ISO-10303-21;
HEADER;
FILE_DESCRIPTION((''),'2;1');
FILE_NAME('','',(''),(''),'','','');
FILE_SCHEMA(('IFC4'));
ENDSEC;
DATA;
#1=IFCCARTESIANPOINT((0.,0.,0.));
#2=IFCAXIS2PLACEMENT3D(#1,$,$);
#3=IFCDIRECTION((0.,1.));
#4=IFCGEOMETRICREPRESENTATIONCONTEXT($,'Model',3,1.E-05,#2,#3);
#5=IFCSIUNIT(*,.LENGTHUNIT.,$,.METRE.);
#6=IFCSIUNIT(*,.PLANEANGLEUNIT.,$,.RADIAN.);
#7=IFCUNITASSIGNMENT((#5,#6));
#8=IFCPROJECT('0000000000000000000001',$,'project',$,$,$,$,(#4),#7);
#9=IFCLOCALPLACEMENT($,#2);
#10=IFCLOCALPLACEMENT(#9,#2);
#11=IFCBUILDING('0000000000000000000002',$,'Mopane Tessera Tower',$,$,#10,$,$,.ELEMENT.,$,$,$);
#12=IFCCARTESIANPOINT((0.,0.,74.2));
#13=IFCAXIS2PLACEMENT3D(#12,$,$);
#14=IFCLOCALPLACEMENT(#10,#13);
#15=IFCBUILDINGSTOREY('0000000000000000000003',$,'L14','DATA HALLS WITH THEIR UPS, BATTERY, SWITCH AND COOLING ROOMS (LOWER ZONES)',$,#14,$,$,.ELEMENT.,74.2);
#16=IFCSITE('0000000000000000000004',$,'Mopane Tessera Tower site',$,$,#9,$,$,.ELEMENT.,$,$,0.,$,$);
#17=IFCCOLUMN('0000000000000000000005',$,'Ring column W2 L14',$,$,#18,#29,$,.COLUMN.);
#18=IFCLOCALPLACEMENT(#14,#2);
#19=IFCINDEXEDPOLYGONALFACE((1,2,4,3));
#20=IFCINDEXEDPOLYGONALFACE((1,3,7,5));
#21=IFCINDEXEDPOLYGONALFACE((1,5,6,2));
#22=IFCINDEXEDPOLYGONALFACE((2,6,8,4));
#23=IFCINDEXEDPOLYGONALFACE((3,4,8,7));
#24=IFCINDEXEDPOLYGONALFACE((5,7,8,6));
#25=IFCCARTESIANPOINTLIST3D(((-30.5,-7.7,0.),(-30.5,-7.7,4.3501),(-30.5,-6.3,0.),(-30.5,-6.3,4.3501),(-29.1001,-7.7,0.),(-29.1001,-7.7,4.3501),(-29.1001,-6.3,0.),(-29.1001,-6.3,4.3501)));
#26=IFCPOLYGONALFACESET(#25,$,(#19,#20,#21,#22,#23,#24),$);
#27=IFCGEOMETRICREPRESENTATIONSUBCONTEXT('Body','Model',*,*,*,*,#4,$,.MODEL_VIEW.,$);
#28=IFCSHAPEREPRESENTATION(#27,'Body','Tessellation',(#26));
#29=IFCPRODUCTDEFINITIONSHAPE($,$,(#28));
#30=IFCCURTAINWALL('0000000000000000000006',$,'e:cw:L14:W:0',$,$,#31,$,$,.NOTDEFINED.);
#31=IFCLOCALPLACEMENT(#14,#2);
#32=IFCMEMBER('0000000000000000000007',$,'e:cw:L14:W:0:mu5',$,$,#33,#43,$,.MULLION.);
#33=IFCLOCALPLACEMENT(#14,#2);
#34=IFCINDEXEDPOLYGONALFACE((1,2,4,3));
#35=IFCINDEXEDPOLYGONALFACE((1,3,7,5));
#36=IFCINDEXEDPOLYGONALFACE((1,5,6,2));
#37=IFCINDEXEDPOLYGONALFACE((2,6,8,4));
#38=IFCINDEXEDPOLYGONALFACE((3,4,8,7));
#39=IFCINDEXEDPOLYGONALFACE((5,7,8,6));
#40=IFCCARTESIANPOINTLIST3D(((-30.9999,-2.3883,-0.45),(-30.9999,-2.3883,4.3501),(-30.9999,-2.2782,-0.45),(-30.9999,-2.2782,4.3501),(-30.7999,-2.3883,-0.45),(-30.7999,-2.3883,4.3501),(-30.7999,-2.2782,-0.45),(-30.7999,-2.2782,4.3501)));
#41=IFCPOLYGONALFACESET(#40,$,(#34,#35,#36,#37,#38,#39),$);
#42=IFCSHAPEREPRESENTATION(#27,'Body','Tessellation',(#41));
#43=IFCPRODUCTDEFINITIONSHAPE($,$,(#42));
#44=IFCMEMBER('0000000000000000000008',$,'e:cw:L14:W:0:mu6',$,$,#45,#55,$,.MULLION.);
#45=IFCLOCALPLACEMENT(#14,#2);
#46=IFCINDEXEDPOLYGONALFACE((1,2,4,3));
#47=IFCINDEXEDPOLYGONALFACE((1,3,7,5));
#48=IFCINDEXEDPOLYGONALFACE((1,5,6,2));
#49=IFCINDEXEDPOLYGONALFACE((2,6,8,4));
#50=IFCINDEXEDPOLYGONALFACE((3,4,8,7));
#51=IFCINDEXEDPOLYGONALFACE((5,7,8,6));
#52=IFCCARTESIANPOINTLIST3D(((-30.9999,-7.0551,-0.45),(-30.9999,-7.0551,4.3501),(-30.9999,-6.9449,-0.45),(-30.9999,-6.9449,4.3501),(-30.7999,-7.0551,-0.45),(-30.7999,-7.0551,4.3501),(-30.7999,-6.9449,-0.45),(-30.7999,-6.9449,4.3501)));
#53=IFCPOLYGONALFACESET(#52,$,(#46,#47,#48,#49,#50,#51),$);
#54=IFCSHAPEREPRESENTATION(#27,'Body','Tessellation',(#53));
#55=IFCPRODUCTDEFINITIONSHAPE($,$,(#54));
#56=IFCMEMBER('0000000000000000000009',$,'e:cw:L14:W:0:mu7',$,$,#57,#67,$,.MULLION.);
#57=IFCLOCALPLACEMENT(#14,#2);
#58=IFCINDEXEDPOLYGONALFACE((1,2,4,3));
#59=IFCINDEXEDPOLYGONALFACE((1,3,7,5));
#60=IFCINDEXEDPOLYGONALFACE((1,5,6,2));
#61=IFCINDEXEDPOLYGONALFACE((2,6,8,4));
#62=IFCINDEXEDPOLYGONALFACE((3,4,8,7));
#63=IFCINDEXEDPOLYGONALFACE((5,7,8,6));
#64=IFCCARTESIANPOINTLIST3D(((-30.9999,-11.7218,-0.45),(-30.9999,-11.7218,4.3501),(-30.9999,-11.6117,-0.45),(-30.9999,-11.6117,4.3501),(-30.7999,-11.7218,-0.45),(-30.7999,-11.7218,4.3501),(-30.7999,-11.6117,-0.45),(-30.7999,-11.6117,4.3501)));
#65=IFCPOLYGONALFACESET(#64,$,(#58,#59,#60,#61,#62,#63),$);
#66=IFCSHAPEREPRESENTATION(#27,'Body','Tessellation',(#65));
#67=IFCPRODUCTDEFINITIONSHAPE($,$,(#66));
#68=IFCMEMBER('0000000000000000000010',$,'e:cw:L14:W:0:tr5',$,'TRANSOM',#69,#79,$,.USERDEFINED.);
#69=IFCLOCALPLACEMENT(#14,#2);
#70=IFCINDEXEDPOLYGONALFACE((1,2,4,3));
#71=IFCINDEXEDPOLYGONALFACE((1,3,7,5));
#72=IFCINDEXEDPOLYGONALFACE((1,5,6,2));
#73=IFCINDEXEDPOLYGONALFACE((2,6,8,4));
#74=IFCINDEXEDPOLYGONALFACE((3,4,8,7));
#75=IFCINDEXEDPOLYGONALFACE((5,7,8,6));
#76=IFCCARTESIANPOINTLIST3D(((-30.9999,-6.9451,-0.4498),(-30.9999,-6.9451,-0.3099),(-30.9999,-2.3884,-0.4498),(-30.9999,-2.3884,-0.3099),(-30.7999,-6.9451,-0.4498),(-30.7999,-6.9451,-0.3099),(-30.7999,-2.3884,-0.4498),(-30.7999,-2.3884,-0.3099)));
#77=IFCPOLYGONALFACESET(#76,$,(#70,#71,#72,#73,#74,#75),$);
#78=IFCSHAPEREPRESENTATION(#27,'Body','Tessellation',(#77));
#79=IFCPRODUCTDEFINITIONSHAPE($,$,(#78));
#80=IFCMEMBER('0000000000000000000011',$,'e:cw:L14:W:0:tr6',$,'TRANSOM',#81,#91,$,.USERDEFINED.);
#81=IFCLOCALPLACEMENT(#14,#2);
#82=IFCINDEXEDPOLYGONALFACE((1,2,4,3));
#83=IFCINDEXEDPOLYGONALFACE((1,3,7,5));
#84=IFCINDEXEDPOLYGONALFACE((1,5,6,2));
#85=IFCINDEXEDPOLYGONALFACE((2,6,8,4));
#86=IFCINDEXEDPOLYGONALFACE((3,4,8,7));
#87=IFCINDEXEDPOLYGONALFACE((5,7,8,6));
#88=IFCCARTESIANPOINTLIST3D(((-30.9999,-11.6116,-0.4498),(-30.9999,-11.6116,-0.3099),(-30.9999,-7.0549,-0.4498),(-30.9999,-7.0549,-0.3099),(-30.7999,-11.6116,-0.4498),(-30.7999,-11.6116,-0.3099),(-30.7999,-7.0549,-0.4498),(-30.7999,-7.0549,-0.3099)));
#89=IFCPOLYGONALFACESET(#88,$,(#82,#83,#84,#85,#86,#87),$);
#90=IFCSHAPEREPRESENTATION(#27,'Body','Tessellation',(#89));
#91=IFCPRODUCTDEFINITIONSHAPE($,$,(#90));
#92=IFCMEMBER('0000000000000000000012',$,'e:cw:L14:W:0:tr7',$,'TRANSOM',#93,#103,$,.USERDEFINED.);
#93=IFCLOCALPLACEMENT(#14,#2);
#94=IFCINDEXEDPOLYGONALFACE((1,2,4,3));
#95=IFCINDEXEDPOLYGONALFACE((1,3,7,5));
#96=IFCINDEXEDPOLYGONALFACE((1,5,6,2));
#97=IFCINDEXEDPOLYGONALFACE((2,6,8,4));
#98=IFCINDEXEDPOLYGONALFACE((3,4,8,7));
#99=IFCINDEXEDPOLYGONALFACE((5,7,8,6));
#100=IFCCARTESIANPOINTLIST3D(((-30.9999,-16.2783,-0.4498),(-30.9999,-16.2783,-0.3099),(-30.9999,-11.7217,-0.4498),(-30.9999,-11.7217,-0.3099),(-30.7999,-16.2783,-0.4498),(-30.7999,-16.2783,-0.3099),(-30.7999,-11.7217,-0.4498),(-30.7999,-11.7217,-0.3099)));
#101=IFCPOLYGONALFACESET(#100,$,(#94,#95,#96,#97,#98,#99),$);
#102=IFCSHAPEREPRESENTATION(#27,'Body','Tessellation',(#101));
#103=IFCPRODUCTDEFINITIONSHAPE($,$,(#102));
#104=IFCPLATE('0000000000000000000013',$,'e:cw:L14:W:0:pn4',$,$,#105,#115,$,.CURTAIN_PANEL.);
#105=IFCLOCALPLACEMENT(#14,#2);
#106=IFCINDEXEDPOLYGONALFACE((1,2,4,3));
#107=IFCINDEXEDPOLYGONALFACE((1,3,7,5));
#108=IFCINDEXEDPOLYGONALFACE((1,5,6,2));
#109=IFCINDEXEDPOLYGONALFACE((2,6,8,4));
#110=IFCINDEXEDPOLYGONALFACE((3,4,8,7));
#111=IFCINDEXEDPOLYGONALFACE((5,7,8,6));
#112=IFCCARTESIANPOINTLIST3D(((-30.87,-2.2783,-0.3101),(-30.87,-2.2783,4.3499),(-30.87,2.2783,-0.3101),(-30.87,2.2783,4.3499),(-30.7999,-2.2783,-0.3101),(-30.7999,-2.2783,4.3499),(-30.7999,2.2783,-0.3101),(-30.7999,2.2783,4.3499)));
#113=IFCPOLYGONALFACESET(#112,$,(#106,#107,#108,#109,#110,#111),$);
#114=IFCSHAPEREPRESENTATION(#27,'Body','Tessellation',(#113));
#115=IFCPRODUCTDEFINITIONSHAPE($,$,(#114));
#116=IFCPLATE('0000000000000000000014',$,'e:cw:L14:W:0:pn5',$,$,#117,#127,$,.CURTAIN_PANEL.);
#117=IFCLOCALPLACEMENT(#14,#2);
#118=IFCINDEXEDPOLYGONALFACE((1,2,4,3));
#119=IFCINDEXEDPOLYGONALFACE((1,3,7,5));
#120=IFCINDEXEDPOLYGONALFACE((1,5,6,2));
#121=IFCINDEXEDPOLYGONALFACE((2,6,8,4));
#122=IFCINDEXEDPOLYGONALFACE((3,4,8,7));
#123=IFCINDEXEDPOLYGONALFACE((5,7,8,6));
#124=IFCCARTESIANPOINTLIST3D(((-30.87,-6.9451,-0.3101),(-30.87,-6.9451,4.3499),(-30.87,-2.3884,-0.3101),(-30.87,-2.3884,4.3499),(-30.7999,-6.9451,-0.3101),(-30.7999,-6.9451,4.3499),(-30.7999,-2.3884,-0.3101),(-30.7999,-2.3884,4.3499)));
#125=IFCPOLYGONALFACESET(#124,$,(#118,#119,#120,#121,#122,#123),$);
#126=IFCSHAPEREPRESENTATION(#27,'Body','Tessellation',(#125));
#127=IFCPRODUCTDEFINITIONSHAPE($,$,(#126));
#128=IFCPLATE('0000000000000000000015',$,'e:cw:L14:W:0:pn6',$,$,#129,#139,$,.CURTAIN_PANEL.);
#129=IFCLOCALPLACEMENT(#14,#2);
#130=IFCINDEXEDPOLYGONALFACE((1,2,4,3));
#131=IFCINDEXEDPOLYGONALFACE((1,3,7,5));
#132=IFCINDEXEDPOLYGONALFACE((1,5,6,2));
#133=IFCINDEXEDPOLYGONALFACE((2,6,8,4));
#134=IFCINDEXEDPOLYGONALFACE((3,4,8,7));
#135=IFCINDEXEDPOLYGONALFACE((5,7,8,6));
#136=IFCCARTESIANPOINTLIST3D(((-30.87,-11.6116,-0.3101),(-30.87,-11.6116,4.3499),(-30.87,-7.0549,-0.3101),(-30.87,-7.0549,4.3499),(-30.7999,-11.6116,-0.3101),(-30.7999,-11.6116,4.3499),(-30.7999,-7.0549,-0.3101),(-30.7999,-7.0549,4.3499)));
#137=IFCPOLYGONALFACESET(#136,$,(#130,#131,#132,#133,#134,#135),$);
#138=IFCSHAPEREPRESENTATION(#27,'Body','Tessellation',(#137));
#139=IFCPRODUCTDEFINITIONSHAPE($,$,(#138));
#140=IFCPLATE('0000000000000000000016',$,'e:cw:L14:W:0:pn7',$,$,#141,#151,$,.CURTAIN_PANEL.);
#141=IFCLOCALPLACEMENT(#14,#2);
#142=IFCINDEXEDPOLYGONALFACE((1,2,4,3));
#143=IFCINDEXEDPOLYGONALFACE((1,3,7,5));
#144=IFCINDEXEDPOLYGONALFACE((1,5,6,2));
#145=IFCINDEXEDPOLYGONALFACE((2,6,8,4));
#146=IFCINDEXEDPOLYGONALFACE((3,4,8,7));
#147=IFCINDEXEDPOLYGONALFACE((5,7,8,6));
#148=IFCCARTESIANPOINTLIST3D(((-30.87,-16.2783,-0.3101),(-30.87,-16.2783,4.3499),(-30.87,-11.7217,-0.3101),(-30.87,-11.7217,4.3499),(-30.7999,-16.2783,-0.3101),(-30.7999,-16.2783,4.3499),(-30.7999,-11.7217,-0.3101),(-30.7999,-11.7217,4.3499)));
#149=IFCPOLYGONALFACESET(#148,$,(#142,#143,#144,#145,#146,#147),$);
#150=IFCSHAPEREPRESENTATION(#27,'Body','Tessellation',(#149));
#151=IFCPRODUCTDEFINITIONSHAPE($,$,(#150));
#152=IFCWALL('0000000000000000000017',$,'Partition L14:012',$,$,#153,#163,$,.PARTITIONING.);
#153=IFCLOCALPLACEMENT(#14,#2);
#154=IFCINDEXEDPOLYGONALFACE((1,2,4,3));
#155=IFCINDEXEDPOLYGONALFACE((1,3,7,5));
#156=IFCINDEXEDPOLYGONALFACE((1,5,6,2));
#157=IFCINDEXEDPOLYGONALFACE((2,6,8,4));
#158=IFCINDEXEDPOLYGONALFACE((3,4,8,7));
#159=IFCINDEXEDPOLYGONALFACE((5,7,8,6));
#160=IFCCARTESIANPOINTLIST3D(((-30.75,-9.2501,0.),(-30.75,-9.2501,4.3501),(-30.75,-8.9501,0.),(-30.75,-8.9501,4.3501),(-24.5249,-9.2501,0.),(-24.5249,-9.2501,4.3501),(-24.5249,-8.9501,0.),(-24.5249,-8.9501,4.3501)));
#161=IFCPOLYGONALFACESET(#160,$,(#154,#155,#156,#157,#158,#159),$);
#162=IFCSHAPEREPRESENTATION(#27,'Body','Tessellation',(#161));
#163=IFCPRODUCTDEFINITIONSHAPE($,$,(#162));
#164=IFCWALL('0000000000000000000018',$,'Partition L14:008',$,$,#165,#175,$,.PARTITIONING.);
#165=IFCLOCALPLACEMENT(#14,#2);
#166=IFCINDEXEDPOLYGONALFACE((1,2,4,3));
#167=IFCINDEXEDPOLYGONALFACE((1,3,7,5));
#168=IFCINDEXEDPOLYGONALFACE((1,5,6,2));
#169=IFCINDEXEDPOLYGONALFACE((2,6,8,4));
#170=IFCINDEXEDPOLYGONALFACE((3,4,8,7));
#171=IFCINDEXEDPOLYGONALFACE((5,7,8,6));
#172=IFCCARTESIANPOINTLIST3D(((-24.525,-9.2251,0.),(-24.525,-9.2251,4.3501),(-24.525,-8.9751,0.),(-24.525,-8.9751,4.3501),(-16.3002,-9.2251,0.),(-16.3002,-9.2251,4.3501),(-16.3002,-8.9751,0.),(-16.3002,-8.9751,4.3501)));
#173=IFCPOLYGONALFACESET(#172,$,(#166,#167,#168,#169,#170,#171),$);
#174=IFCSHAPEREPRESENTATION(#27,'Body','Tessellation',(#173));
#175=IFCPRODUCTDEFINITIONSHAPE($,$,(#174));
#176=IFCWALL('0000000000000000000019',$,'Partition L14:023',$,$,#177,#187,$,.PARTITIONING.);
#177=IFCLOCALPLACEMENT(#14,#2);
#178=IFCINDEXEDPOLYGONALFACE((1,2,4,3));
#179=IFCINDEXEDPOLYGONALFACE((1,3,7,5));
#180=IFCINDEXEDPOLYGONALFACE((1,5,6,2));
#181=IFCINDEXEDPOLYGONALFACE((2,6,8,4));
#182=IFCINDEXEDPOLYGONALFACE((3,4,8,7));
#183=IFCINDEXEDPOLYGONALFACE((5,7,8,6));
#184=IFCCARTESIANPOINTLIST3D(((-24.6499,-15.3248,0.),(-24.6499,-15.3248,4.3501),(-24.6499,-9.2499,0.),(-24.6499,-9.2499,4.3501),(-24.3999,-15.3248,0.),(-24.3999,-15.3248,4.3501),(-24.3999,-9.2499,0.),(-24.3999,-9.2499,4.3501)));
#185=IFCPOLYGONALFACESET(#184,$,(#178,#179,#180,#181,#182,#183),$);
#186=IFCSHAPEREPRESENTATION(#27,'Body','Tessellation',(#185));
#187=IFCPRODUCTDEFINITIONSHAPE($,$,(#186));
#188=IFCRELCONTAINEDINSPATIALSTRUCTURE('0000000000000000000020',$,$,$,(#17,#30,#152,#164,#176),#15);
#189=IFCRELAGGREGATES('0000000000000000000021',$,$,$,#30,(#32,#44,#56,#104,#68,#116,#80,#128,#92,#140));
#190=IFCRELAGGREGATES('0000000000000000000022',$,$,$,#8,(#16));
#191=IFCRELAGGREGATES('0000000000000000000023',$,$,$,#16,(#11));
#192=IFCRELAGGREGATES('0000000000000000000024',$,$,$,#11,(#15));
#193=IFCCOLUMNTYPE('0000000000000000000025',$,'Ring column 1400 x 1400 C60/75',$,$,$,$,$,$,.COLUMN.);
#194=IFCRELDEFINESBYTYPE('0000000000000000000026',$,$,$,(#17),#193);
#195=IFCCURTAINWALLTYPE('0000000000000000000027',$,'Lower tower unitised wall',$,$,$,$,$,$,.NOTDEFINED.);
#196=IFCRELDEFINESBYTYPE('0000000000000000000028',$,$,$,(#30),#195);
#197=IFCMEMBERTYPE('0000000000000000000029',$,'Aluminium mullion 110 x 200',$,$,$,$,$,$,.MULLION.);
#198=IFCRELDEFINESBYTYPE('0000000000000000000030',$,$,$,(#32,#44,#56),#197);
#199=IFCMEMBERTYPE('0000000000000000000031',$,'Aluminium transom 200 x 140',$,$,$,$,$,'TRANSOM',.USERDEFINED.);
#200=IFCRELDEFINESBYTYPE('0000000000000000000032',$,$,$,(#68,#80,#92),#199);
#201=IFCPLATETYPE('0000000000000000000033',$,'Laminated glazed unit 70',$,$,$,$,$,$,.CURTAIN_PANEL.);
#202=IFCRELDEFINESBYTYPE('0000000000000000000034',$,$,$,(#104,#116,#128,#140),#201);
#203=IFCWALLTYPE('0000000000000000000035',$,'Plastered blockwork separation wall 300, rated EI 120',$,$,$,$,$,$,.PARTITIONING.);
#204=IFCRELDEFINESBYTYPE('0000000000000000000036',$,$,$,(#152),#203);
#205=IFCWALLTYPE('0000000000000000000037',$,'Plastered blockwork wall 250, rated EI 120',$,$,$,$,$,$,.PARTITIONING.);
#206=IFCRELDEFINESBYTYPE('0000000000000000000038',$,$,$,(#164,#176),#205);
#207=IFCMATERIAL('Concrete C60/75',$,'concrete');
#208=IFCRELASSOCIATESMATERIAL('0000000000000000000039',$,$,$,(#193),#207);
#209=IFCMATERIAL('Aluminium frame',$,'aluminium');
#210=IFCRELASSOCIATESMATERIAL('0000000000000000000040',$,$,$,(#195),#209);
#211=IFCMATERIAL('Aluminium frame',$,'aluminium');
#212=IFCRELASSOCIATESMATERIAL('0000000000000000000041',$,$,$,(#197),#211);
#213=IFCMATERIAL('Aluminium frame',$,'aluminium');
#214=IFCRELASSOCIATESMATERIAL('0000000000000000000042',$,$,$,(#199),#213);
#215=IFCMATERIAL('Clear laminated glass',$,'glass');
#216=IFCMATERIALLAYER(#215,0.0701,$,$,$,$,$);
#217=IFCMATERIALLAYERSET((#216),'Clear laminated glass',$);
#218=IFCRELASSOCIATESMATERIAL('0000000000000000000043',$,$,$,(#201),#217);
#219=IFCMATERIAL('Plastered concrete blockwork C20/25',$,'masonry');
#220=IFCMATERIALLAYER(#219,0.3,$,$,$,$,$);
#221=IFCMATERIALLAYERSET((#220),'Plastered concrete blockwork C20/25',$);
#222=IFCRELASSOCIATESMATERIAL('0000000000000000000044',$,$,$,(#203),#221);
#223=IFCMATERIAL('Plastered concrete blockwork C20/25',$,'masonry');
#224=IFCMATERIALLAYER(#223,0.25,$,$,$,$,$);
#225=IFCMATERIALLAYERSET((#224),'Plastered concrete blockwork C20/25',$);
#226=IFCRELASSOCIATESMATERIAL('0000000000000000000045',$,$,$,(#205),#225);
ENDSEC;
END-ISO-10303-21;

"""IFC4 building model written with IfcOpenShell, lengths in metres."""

from ifc_helpers import new_model, si_unit, direction, frame, frame_2d, origin, origin_2d, place, context, subcontext, project, spatial, rectangle, extrude, material, layer, layer_set, material_profile, profile_set, type_object, element, aggregate, save


model = new_model("IFC4")

# Units and contexts
model_context = context("Model", 3, precision=1e-05, world=origin(), true_north=direction((0.0, 1.0)))
body_context = subcontext(model_context, "Body", "Model", "MODEL_VIEW")
ifc_project = project(units=[si_unit("LENGTHUNIT", "METRE"), si_unit("PLANEANGLEUNIT", "RADIAN")], contexts=[model_context])

# Site, building, storey
site_placement = place(None, origin())
site = spatial("IfcSite", under=ifc_project, at=site_placement, Name="Mopane Tessera Tower site", CompositionType="ELEMENT", RefElevation=0.0)
building_placement = place(site_placement, origin())
building = spatial("IfcBuilding", under=site, at=building_placement, Name="Mopane Tessera Tower", CompositionType="ELEMENT")
storey_placement = place(building_placement, frame((0.0, 0.0, 74.2)))
storey = spatial("IfcBuildingStorey", under=building, at=storey_placement, Name="L14", Description="DATA HALLS WITH THEIR UPS, BATTERY, SWITCH AND COOLING ROOMS (LOWER ZONES)", CompositionType="ELEMENT", Elevation=74.2)

# Column
ifc_material_1 = material(Name="Concrete C60/75", Category="concrete")
ifc_material_profile_1 = material_profile(ifc_material_1, rectangle(XDim=1.3999, YDim=1.3999, at=origin_2d()))
ifc_profile_set_1 = profile_set([ifc_material_profile_1], Name="Concrete C60/75")
column_type = type_object("IfcColumnType", Name="Ring column 1400 x 1400 C60/75", PredefinedType="COLUMN", material=ifc_profile_set_1)
column_placement = place(storey_placement, frame((-29.8, -7.0, 0.0), z_axis=(0.0, 0.0, 1.0), x_axis=(1.0, 0.0, 0.0)))
element("IfcColumn", 1, at=column_placement, inside=storey, type_object=column_type, Name="Ring column W2 L14", PredefinedType="COLUMN", context=body_context, shape_type="SweptSolid", body=[
    extrude(rectangle(XDim=1.3999, YDim=1.3999, at=origin_2d()), origin(), (0.0, 0.0, 1.0), 4.3501),
])

# Curtain wall, members, plates
ifc_material_2 = material(Name="Aluminium frame", Category="aluminium")
curtain_wall_type = type_object("IfcCurtainWallType", Name="Lower tower unitised wall", PredefinedType="NOTDEFINED", material=ifc_material_2)
curtain_wall_placement = place(storey_placement, origin())
curtain_wall = element("IfcCurtainWall", 2, at=curtain_wall_placement, inside=storey, type_object=curtain_wall_type, Name="e:cw:L14:W:0", PredefinedType="NOTDEFINED")
ifc_material_3 = material(Name="Aluminium frame", Category="aluminium")
ifc_material_profile_2 = material_profile(ifc_material_3, rectangle(XDim=0.1101, YDim=0.2, at=origin_2d()))
ifc_profile_set_2 = profile_set([ifc_material_profile_2], Name="Aluminium frame")
member_type_1 = type_object("IfcMemberType", Name="Aluminium mullion 110 x 200", PredefinedType="MULLION", material=ifc_profile_set_2)
member_1_placement = place(storey_placement, frame((-30.8999, -2.3333, -0.45), z_axis=(0.0, 0.0, 1.0), x_axis=(0.0, -1.0, 0.0)))
member_1 = element("IfcMember", 3, at=member_1_placement, type_object=member_type_1, Name="e:cw:L14:W:0:mu5", PredefinedType="MULLION", context=body_context, shape_type="SweptSolid", body=[
    extrude(rectangle(XDim=0.1101, YDim=0.2, at=origin_2d()), origin(), (0.0, 0.0, 1.0), 4.8),
])
member_2_placement = place(storey_placement, frame((-30.8999, -7.0, -0.45), z_axis=(0.0, 0.0, 1.0), x_axis=(0.0, -1.0, 0.0)))
member_2 = element("IfcMember", 4, at=member_2_placement, type_object=member_type_1, Name="e:cw:L14:W:0:mu6", PredefinedType="MULLION", context=body_context, shape_type="SweptSolid", body=[
    extrude(rectangle(XDim=0.1101, YDim=0.2, at=origin_2d()), origin(), (0.0, 0.0, 1.0), 4.8),
])
member_3_placement = place(storey_placement, frame((-30.8999, -11.6667, -0.45), z_axis=(0.0, 0.0, 1.0), x_axis=(0.0, -1.0, 0.0)))
member_3 = element("IfcMember", 5, at=member_3_placement, type_object=member_type_1, Name="e:cw:L14:W:0:mu7", PredefinedType="MULLION", context=body_context, shape_type="SweptSolid", body=[
    extrude(rectangle(XDim=0.1101, YDim=0.2, at=origin_2d()), origin(), (0.0, 0.0, 1.0), 4.8),
])
ifc_material_4 = material(Name="Aluminium frame", Category="aluminium")
ifc_material_profile_3 = material_profile(ifc_material_4, rectangle(XDim=0.2, YDim=0.1399, at=origin_2d()))
ifc_profile_set_3 = profile_set([ifc_material_profile_3], Name="Aluminium frame")
member_type_2 = type_object("IfcMemberType", Name="Aluminium transom 200 x 140", ElementType="TRANSOM", PredefinedType="USERDEFINED", material=ifc_profile_set_3)
member_4_placement = place(storey_placement, frame((-30.8999, -2.3884, -0.3799), z_axis=(0.0, -1.0, 0.0), x_axis=(1.0, 0.0, 0.0)))
member_4 = element("IfcMember", 6, at=member_4_placement, type_object=member_type_2, Name="e:cw:L14:W:0:tr5", ObjectType="TRANSOM", PredefinedType="USERDEFINED", context=body_context, shape_type="SweptSolid", body=[
    extrude(rectangle(XDim=0.2, YDim=0.1399, at=origin_2d()), origin(), (0.0, 0.0, 1.0), 4.5566),
])
member_5_placement = place(storey_placement, frame((-30.8999, -7.0549, -0.3799), z_axis=(0.0, -1.0, 0.0), x_axis=(1.0, 0.0, 0.0)))
member_5 = element("IfcMember", 7, at=member_5_placement, type_object=member_type_2, Name="e:cw:L14:W:0:tr6", ObjectType="TRANSOM", PredefinedType="USERDEFINED", context=body_context, shape_type="SweptSolid", body=[
    extrude(rectangle(XDim=0.2, YDim=0.1399, at=origin_2d()), origin(), (0.0, 0.0, 1.0), 4.5566),
])
member_6_placement = place(storey_placement, frame((-30.8999, -11.7217, -0.3799), z_axis=(0.0, -1.0, 0.0), x_axis=(1.0, 0.0, 0.0)))
member_6 = element("IfcMember", 8, at=member_6_placement, type_object=member_type_2, Name="e:cw:L14:W:0:tr7", ObjectType="TRANSOM", PredefinedType="USERDEFINED", context=body_context, shape_type="SweptSolid", body=[
    extrude(rectangle(XDim=0.2, YDim=0.1399, at=origin_2d()), origin(), (0.0, 0.0, 1.0), 4.5566),
])
ifc_material_5 = material(Name="Clear laminated glass", Category="glass")
ifc_layer_1 = layer(ifc_material_5, 0.0701)
ifc_layer_set_1 = layer_set([ifc_layer_1], Name="Clear laminated glass")
plate_type = type_object("IfcPlateType", Name="Laminated glazed unit 70", PredefinedType="CURTAIN_PANEL", material=ifc_layer_set_1)
plate_1_placement = place(storey_placement, frame((-30.835, 0.0, -0.3101), z_axis=(0.0, 0.0, 1.0), x_axis=(0.0, -1.0, 0.0)))
plate_1 = element("IfcPlate", 9, at=plate_1_placement, type_object=plate_type, Name="e:cw:L14:W:0:pn4", PredefinedType="CURTAIN_PANEL", context=body_context, shape_type="SweptSolid", body=[
    extrude(rectangle(XDim=4.5566, YDim=0.0701, at=origin_2d()), origin(), (0.0, 0.0, 1.0), 4.6599),
])
plate_2_placement = place(storey_placement, frame((-30.835, -4.6667, -0.3101), z_axis=(0.0, 0.0, 1.0), x_axis=(0.0, -1.0, 0.0)))
plate_2 = element("IfcPlate", 10, at=plate_2_placement, type_object=plate_type, Name="e:cw:L14:W:0:pn5", PredefinedType="CURTAIN_PANEL", context=body_context, shape_type="SweptSolid", body=[
    extrude(rectangle(XDim=4.5566, YDim=0.0701, at=origin_2d()), origin(), (0.0, 0.0, 1.0), 4.6599),
])
plate_3_placement = place(storey_placement, frame((-30.835, -9.3333, -0.3101), z_axis=(0.0, 0.0, 1.0), x_axis=(0.0, -1.0, 0.0)))
plate_3 = element("IfcPlate", 11, at=plate_3_placement, type_object=plate_type, Name="e:cw:L14:W:0:pn6", PredefinedType="CURTAIN_PANEL", context=body_context, shape_type="SweptSolid", body=[
    extrude(rectangle(XDim=4.5566, YDim=0.0701, at=origin_2d()), origin(), (0.0, 0.0, 1.0), 4.6599),
])
plate_4_placement = place(storey_placement, frame((-30.835, -14.0, -0.3101), z_axis=(0.0, 0.0, 1.0), x_axis=(0.0, -1.0, 0.0)))
plate_4 = element("IfcPlate", 12, at=plate_4_placement, type_object=plate_type, Name="e:cw:L14:W:0:pn7", PredefinedType="CURTAIN_PANEL", context=body_context, shape_type="SweptSolid", body=[
    extrude(rectangle(XDim=4.5566, YDim=0.0701, at=origin_2d()), origin(), (0.0, 0.0, 1.0), 4.6599),
])
aggregate(curtain_wall, [member_1, member_2, member_3, plate_1, member_4, plate_2, member_5, plate_3, member_6, plate_4])

# Walls
ifc_material_6 = material(Name="Plastered concrete blockwork C20/25", Category="masonry")
ifc_layer_2 = layer(ifc_material_6, 0.3)
ifc_layer_set_2 = layer_set([ifc_layer_2], Name="Plastered concrete blockwork C20/25")
wall_type_1 = type_object("IfcWallType", Name="Plastered blockwork separation wall 300, rated EI 120", PredefinedType="PARTITIONING", material=ifc_layer_set_2)
wall_1_placement = place(storey_placement, frame((-30.75, -9.1001, 0.0), z_axis=(0.0, 0.0, 1.0), x_axis=(1.0, 0.0, 0.0)))
element("IfcWall", 13, at=wall_1_placement, inside=storey, type_object=wall_type_1, Name="Partition L14:012", PredefinedType="PARTITIONING", context=body_context, shape_type="SweptSolid", body=[
    extrude(rectangle(XDim=6.2251, YDim=0.3, at=frame_2d((3.1125, 0.0))), origin(), (0.0, 0.0, 1.0), 4.3501),
])
ifc_material_7 = material(Name="Plastered concrete blockwork C20/25", Category="masonry")
ifc_layer_3 = layer(ifc_material_7, 0.25)
ifc_layer_set_3 = layer_set([ifc_layer_3], Name="Plastered concrete blockwork C20/25")
wall_type_2 = type_object("IfcWallType", Name="Plastered blockwork wall 250, rated EI 120", PredefinedType="PARTITIONING", material=ifc_layer_set_3)
wall_2_placement = place(storey_placement, frame((-24.5249, -9.1001, 0.0), z_axis=(0.0, 0.0, 1.0), x_axis=(1.0, 0.0, 0.0)))
element("IfcWall", 14, at=wall_2_placement, inside=storey, type_object=wall_type_2, Name="Partition L14:008", PredefinedType="PARTITIONING", context=body_context, shape_type="SweptSolid", body=[
    extrude(rectangle(XDim=8.2249, YDim=0.25, at=frame_2d((4.1123, 0.0))), origin(), (0.0, 0.0, 1.0), 4.3501),
])
wall_3_placement = place(storey_placement, frame((-24.5249, -15.325, 0.0), z_axis=(0.0, 0.0, 1.0), x_axis=(0.0, 1.0, 0.0)))
element("IfcWall", 15, at=wall_3_placement, inside=storey, type_object=wall_type_2, Name="Partition L14:023", PredefinedType="PARTITIONING", context=body_context, shape_type="SweptSolid", body=[
    extrude(rectangle(XDim=6.075, YDim=0.25, at=frame_2d((3.0376, 0.0))), origin(), (0.0, 0.0, 1.0), 4.3501),
])

save(model, "model.ifc")
